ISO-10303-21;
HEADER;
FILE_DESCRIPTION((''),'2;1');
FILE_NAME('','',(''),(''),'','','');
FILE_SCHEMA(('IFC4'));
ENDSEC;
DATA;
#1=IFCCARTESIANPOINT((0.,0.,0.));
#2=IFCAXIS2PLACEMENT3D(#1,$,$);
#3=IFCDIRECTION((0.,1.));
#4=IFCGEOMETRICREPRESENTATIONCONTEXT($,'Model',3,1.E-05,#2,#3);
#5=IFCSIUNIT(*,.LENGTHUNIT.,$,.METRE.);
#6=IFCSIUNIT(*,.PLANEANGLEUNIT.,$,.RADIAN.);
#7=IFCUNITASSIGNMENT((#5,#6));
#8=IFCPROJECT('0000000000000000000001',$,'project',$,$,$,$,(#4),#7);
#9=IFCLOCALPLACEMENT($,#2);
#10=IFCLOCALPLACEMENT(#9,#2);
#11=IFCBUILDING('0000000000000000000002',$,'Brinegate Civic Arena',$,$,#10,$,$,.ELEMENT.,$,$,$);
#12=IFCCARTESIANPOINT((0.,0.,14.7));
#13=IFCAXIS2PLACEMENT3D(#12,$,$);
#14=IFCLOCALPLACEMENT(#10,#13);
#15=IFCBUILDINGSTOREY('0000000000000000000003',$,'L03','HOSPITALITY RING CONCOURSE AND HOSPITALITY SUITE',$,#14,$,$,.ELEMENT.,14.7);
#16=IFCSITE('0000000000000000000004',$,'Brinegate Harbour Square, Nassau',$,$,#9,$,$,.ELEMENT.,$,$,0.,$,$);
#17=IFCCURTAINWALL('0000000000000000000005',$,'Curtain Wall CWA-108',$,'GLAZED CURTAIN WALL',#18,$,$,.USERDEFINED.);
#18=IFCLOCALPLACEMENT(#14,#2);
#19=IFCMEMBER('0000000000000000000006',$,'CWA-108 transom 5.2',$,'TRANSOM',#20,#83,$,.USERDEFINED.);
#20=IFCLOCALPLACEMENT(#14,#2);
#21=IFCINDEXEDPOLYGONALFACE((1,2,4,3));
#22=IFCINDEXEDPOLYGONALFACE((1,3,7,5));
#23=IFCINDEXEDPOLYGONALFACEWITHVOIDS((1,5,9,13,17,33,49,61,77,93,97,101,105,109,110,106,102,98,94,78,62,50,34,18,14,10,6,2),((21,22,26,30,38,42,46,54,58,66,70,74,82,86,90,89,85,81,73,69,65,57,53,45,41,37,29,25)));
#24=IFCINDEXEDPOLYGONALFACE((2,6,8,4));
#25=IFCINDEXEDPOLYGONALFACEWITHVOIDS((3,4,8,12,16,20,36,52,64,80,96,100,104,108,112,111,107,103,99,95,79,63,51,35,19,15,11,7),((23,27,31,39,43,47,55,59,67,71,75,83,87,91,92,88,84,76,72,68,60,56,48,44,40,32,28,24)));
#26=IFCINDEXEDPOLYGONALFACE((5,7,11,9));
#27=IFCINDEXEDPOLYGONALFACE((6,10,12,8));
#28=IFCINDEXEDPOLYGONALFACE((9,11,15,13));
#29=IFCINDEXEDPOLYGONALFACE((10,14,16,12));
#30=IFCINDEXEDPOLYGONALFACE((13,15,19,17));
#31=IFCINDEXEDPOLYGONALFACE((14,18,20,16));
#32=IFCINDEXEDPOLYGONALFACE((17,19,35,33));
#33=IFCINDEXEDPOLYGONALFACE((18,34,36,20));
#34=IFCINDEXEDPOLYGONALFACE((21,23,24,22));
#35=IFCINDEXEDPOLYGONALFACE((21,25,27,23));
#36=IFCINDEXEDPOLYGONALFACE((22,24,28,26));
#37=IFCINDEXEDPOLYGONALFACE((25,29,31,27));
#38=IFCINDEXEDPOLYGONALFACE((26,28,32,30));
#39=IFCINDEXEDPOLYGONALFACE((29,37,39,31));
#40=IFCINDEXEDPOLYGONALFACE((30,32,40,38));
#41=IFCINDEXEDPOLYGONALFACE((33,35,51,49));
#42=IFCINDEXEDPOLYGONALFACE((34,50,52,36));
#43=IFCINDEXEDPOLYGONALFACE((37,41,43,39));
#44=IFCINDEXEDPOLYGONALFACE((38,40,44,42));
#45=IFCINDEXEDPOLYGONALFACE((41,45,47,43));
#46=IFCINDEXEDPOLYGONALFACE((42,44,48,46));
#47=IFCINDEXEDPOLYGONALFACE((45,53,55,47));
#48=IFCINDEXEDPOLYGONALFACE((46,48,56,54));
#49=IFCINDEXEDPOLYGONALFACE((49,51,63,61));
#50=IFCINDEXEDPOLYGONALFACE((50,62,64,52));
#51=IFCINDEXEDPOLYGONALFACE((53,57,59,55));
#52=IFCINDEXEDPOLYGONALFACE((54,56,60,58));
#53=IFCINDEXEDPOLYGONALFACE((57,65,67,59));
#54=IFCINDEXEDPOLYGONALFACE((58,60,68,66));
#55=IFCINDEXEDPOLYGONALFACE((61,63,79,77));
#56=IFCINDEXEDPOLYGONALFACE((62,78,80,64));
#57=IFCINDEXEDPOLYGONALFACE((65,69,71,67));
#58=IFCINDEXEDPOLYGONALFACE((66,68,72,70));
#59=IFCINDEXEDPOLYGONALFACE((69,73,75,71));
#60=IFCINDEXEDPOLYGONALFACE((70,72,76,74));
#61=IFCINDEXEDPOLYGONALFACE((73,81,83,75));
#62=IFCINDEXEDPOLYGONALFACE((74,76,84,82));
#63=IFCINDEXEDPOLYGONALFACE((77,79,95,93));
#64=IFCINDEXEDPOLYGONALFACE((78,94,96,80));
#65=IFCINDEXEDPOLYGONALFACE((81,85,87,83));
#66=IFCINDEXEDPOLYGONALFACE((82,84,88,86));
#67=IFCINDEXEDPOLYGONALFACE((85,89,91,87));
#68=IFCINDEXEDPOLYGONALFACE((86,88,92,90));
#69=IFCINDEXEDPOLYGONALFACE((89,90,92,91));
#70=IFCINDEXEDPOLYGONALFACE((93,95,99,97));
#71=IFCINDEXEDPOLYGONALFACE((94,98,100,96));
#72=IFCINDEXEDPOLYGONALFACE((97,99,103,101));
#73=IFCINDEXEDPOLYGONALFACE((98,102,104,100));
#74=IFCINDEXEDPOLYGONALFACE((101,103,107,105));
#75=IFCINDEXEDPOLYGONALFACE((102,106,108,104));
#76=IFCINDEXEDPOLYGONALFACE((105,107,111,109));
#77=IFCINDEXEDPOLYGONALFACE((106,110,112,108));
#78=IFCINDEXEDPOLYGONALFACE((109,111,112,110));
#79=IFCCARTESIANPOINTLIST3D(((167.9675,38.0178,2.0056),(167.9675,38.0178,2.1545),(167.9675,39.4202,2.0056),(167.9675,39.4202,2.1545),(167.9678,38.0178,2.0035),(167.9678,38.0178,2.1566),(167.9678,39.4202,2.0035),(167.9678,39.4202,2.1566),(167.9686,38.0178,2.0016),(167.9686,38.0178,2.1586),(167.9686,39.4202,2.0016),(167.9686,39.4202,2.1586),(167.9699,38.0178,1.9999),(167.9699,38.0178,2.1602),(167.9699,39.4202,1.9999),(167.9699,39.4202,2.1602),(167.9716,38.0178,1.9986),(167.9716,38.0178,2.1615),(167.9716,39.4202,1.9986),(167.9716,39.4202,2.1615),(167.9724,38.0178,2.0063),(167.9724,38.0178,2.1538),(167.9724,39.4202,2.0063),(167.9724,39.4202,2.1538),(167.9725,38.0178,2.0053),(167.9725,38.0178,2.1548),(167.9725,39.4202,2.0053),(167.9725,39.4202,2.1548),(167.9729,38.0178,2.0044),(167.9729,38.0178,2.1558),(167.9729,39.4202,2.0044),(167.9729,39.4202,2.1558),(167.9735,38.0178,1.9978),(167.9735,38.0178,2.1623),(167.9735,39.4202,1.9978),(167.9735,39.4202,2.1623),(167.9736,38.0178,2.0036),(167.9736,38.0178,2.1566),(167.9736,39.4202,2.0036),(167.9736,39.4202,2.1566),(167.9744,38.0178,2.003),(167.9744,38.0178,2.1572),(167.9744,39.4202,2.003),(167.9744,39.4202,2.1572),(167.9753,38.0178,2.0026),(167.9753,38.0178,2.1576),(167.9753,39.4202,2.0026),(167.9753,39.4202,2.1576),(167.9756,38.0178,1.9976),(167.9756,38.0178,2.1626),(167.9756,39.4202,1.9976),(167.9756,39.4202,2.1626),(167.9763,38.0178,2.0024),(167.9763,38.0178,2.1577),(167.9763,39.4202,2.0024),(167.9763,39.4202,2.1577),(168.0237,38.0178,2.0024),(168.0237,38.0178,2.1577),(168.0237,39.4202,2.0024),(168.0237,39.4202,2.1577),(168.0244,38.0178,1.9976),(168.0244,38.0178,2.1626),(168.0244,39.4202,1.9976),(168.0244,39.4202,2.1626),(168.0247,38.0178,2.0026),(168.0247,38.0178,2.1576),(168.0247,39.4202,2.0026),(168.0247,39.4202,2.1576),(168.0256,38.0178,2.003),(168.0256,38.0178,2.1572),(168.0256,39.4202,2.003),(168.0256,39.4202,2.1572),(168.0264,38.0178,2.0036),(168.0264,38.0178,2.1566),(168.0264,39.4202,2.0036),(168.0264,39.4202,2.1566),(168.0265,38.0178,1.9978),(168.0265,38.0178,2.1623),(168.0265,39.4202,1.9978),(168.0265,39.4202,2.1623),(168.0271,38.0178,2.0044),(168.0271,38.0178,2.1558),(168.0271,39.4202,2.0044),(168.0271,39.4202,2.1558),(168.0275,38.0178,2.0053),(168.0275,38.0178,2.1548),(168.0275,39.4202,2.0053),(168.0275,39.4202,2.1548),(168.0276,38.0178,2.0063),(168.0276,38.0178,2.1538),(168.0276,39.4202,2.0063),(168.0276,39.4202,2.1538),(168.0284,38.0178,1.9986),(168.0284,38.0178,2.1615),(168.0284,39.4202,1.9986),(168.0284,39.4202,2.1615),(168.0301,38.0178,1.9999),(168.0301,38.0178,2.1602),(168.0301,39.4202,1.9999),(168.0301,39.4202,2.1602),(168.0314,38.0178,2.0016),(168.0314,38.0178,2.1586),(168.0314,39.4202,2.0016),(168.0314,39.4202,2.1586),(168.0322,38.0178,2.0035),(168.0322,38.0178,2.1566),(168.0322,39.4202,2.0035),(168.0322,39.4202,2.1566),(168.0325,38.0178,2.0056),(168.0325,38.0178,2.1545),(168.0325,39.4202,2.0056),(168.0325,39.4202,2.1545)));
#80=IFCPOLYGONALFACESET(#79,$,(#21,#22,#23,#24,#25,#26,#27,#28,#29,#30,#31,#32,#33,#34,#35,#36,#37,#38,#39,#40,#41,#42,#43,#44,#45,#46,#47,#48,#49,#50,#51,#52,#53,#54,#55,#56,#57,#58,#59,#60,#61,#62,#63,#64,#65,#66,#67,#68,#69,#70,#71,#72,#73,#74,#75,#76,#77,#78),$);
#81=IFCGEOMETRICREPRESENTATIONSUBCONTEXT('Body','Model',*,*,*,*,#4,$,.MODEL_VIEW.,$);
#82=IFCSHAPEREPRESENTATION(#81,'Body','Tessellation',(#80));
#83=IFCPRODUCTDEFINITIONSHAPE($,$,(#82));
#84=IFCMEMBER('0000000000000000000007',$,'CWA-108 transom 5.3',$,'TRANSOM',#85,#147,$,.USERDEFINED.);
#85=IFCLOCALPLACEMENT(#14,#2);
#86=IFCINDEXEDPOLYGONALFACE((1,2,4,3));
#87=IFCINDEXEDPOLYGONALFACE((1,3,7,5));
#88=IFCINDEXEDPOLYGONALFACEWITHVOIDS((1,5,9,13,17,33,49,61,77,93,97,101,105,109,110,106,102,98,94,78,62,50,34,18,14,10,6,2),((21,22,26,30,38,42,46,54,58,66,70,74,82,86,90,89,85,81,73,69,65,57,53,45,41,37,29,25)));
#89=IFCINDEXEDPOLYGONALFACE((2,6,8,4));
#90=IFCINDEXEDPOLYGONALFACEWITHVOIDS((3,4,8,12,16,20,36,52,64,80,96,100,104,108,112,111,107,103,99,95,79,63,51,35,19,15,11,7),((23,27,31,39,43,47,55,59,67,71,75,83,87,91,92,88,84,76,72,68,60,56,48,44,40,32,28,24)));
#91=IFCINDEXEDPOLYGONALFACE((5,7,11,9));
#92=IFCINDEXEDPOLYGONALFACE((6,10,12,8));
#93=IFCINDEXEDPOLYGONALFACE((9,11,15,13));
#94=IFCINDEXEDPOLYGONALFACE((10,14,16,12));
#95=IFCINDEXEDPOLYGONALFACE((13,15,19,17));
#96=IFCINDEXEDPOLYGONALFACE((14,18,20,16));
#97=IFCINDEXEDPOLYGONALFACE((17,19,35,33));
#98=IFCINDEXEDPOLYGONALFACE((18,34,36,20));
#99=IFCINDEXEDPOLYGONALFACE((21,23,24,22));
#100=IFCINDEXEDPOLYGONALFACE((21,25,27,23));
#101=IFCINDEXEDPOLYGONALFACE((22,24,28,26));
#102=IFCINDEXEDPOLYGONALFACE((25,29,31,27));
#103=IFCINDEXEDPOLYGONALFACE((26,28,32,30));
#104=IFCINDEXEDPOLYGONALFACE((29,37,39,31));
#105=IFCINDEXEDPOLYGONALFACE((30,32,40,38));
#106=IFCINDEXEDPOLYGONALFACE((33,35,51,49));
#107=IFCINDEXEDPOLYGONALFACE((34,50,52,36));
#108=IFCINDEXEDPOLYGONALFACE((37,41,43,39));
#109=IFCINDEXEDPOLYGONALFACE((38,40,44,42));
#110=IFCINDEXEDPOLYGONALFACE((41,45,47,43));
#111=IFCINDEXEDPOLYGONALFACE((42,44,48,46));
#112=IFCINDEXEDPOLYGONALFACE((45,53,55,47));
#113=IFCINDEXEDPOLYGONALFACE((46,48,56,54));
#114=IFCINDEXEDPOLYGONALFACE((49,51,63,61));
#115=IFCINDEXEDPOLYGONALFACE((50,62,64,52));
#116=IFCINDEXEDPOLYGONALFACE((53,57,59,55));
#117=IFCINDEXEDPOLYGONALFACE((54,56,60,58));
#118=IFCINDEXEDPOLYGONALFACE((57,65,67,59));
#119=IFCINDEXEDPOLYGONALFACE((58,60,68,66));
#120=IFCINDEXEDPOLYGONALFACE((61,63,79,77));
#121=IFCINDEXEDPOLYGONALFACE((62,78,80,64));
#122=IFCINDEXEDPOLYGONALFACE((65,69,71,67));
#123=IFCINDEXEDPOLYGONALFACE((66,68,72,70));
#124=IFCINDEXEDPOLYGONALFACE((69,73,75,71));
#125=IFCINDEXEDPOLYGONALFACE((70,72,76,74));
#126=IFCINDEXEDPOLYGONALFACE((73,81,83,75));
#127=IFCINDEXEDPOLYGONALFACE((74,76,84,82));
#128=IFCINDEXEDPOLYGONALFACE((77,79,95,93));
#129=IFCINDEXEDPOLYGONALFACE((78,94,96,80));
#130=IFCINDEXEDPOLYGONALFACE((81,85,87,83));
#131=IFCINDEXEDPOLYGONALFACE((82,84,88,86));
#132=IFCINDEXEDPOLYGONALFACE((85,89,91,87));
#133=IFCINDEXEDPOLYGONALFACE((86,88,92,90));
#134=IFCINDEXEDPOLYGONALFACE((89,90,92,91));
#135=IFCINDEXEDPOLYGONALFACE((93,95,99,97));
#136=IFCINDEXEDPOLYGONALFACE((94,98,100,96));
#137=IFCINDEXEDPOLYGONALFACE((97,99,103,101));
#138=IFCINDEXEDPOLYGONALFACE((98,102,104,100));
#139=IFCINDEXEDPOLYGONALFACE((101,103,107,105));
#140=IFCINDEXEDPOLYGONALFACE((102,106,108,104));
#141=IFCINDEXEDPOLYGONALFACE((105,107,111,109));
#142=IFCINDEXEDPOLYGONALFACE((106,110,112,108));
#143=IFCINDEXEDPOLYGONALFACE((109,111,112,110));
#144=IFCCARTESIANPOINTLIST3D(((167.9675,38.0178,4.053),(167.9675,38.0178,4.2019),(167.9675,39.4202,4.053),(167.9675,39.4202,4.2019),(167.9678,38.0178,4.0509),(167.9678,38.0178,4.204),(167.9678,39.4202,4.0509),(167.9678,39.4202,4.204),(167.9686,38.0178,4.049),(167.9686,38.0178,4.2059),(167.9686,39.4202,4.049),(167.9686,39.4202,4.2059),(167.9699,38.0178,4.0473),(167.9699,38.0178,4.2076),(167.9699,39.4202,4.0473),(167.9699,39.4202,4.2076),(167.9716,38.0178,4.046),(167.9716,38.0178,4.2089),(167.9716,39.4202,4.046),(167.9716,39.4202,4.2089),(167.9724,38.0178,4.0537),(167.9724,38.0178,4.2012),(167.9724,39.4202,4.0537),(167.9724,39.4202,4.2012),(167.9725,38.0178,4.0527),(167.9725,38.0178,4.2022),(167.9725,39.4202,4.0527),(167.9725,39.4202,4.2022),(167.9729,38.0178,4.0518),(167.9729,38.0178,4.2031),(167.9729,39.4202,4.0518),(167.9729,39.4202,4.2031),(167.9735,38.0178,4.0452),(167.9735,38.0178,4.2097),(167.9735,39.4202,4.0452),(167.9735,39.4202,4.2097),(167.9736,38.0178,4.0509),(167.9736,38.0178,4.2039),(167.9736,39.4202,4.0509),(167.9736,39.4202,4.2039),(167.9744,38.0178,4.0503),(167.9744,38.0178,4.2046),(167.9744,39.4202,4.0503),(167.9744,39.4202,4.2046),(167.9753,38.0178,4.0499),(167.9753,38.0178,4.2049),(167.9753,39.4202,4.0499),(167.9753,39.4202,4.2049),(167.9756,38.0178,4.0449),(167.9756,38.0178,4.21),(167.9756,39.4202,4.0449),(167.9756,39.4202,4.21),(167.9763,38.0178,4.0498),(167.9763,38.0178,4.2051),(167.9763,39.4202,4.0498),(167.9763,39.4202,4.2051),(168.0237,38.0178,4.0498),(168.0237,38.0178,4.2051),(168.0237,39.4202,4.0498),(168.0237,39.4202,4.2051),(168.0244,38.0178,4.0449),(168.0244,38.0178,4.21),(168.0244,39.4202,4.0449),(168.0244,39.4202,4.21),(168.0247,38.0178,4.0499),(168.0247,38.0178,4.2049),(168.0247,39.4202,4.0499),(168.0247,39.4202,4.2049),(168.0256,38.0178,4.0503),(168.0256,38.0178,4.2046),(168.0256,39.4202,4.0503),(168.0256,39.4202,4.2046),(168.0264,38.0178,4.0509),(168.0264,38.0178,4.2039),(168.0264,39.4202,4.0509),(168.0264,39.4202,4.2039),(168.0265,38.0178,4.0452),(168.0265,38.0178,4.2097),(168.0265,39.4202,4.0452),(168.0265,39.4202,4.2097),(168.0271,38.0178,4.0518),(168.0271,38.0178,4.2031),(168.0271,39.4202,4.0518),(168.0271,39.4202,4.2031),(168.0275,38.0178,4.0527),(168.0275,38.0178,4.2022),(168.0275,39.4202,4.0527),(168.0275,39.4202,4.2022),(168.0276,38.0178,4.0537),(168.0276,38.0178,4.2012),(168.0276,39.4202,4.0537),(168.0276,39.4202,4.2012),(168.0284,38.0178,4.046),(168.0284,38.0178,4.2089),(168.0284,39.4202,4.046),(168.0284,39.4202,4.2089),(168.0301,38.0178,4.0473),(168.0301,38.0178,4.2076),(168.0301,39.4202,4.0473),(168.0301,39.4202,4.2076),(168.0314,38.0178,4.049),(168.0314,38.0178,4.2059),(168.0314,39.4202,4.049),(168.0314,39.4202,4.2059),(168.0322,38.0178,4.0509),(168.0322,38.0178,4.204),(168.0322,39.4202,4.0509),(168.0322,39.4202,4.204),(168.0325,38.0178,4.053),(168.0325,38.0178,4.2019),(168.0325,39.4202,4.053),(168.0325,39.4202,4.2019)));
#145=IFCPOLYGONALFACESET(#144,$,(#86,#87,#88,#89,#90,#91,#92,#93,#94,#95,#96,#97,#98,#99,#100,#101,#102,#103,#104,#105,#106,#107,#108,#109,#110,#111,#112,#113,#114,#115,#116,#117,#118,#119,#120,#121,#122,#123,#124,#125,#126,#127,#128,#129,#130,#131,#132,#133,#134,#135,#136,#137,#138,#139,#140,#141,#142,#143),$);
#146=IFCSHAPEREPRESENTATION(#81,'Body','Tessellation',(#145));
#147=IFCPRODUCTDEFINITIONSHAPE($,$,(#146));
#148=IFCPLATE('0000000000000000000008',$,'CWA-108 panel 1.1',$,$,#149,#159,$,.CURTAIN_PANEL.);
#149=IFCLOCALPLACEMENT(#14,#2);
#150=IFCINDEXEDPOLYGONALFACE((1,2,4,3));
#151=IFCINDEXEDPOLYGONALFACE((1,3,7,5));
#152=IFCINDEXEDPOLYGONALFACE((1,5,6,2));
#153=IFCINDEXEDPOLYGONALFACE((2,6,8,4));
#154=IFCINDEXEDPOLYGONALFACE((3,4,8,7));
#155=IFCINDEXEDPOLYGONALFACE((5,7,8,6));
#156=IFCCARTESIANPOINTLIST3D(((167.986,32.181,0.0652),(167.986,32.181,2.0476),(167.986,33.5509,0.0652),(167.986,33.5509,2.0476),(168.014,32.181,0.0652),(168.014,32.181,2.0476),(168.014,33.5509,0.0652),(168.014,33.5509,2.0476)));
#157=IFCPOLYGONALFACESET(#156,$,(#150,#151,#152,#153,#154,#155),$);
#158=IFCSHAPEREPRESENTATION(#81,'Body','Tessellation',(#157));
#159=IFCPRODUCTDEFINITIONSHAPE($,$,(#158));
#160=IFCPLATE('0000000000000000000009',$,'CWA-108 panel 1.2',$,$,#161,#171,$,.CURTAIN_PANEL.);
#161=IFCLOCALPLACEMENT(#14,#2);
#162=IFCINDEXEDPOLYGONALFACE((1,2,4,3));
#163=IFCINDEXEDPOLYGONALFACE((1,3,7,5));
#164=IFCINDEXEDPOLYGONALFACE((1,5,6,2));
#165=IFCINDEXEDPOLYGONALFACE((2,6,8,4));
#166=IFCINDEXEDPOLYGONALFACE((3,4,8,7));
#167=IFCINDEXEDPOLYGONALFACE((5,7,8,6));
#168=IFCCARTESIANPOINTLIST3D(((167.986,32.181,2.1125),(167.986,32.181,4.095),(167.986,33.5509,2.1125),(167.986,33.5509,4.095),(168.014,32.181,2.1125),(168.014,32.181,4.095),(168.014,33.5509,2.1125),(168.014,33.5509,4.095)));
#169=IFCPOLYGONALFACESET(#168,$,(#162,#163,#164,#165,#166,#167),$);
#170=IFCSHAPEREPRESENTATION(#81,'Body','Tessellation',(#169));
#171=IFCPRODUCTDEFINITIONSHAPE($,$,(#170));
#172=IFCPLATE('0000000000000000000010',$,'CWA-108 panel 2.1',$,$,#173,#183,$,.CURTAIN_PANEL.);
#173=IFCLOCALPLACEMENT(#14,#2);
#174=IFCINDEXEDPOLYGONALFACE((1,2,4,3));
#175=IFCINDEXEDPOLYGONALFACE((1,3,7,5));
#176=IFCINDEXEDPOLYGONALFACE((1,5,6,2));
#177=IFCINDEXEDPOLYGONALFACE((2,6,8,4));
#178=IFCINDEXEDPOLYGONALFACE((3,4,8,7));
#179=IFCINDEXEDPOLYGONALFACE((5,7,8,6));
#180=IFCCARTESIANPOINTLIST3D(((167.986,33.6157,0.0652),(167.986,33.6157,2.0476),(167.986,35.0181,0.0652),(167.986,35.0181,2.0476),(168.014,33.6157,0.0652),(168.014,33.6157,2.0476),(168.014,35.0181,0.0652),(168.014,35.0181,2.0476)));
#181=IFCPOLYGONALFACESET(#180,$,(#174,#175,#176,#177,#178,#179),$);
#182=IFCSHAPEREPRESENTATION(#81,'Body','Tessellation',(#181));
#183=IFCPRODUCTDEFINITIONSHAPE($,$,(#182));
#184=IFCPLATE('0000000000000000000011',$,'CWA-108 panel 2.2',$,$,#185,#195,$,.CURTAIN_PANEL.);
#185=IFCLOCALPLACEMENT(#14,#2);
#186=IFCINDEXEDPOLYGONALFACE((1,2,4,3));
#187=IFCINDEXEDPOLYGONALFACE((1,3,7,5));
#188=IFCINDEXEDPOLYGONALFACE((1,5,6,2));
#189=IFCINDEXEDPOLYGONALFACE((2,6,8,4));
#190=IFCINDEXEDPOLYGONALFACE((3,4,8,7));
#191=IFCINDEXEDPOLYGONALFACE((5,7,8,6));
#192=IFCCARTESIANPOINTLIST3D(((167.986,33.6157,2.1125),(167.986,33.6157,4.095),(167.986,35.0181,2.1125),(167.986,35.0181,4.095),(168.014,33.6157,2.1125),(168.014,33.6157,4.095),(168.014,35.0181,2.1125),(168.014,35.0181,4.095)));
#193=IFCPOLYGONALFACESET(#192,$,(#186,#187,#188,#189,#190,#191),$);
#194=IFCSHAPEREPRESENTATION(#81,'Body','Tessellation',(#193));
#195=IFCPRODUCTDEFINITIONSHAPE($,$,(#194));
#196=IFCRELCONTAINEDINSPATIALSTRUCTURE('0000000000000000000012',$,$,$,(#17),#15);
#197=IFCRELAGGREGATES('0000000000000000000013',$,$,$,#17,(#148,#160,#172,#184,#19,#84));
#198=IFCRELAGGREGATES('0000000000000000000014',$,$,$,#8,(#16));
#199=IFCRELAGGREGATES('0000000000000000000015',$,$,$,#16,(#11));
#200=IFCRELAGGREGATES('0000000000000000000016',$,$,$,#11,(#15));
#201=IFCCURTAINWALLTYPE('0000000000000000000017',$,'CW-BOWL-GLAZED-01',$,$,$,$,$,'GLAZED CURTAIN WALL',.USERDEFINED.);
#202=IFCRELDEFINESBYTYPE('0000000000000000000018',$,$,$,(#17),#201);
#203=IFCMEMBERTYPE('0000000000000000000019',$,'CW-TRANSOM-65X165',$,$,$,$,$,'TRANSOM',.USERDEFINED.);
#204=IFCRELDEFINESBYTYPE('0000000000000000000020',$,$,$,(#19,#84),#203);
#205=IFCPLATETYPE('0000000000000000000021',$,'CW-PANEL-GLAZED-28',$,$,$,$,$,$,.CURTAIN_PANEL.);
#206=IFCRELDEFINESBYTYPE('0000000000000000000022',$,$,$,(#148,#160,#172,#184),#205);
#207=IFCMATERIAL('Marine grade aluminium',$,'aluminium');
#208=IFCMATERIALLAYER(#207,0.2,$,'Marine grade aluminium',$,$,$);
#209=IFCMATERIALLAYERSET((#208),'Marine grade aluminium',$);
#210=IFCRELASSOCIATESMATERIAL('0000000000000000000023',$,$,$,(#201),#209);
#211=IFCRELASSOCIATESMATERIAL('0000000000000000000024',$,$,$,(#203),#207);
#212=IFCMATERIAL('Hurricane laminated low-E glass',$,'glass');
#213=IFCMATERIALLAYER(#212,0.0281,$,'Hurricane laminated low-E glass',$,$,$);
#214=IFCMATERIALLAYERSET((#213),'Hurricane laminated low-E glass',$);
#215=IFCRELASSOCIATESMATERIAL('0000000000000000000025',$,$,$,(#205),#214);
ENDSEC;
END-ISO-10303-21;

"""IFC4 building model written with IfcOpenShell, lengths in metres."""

from ifc_helpers import new_model, si_unit, direction, frame, origin, origin_2d, place, context, subcontext, project, spatial, rectangle, hollow_rectangle, extrude, material, layer, layer_set, material_profile, profile_set, type_object, element, aggregate, save


model = new_model("IFC4")

# Units and contexts
model_context = context("Model", 3, precision=1e-05, world=origin(), true_north=direction((0.0, 1.0)))
body_context = subcontext(model_context, "Body", "Model", "MODEL_VIEW")
ifc_project = project(units=[si_unit("LENGTHUNIT", "METRE"), si_unit("PLANEANGLEUNIT", "RADIAN")], contexts=[model_context])

# Site, building, storey
site_placement = place(None, origin())
site = spatial("IfcSite", under=ifc_project, at=site_placement, Name="Brinegate Harbour Square, Nassau", CompositionType="ELEMENT", RefElevation=0.0)
building_placement = place(site_placement, origin())
building = spatial("IfcBuilding", under=site, at=building_placement, Name="Brinegate Civic Arena", CompositionType="ELEMENT")
storey_placement = place(building_placement, frame((0.0, 0.0, 14.7)))
storey = spatial("IfcBuildingStorey", under=building, at=storey_placement, Name="L03", Description="HOSPITALITY RING CONCOURSE AND HOSPITALITY SUITE", CompositionType="ELEMENT", Elevation=14.7)

# Curtain wall, members, plates
ifc_material_1 = material(Name="Marine grade aluminium", Category="aluminium")
ifc_layer_1 = layer(ifc_material_1, 0.2, Name="Marine grade aluminium")
ifc_layer_set_1 = layer_set([ifc_layer_1], Name="Marine grade aluminium")
curtain_wall_type = type_object("IfcCurtainWallType", Name="CW-BOWL-GLAZED-01", ElementType="GLAZED CURTAIN WALL", PredefinedType="USERDEFINED", material=ifc_layer_set_1)
curtain_wall_placement = place(storey_placement, origin())
curtain_wall = element("IfcCurtainWall", 1, at=curtain_wall_placement, inside=storey, type_object=curtain_wall_type, Name="Curtain Wall CWA-108", ObjectType="GLAZED CURTAIN WALL", PredefinedType="USERDEFINED")
ifc_material_profile_1 = material_profile(ifc_material_1, hollow_rectangle(XDim=0.0649, YDim=0.165, WallThickness=0.0049, InnerFilletRadius=0.0039, OuterFilletRadius=0.0081, at=origin_2d()), Name="TRN65X165")
ifc_profile_set_1 = profile_set([ifc_material_profile_1], Name="Marine grade aluminium")
member_type_1 = type_object("IfcMemberType", Name="CW-TRANSOM-65X165", ElementType="TRANSOM", PredefinedType="USERDEFINED", material=ifc_profile_set_1)
member_1_placement = place(storey_placement, frame((168.0, 38.0178, 2.0801), z_axis=(0.0, 1.0, 0.0), x_axis=(-1.0, 0.0, 0.0)))
member_1 = element("IfcMember", 2, at=member_1_placement, type_object=member_type_1, Name="CWA-108 transom 5.2", ObjectType="TRANSOM", PredefinedType="USERDEFINED", context=body_context, shape_type="SweptSolid", body=[
    extrude(hollow_rectangle(XDim=0.0649, YDim=0.165, WallThickness=0.0049, InnerFilletRadius=0.0039, OuterFilletRadius=0.0081, at=origin_2d()), origin(), (0.0, 0.0, 1.0), 1.4023),
])
member_2_placement = place(storey_placement, frame((168.0, 38.0178, 4.1274), z_axis=(0.0, 1.0, 0.0), x_axis=(-1.0, 0.0, 0.0)))
member_2 = element("IfcMember", 3, at=member_2_placement, type_object=member_type_1, Name="CWA-108 transom 5.3", ObjectType="TRANSOM", PredefinedType="USERDEFINED", context=body_context, shape_type="SweptSolid", body=[
    extrude(hollow_rectangle(XDim=0.0649, YDim=0.165, WallThickness=0.0049, InnerFilletRadius=0.0039, OuterFilletRadius=0.0081, at=origin_2d()), origin(), (0.0, 0.0, 1.0), 1.4023),
])
ifc_material_2 = material(Name="Hurricane laminated low-E glass", Category="glass")
ifc_layer_2 = layer(ifc_material_2, 0.0281, Name="Hurricane laminated low-E glass")
ifc_layer_set_2 = layer_set([ifc_layer_2], Name="Hurricane laminated low-E glass")
plate_type = type_object("IfcPlateType", Name="CW-PANEL-GLAZED-28", PredefinedType="CURTAIN_PANEL", material=ifc_layer_set_2)
plate_1_placement = place(storey_placement, frame((168.0, 32.866, 0.0652), z_axis=(0.0, 0.0, 1.0), x_axis=(0.0, 1.0, 0.0)))
plate_1 = element("IfcPlate", 4, at=plate_1_placement, type_object=plate_type, Name="CWA-108 panel 1.1", PredefinedType="CURTAIN_PANEL", context=body_context, shape_type="SweptSolid", body=[
    extrude(rectangle(XDim=1.3699, YDim=0.0281, at=origin_2d()), origin(), (0.0, 0.0, 1.0), 1.9824),
])
plate_2_placement = place(storey_placement, frame((168.0, 32.866, 2.1125), z_axis=(0.0, 0.0, 1.0), x_axis=(0.0, 1.0, 0.0)))
plate_2 = element("IfcPlate", 5, at=plate_2_placement, type_object=plate_type, Name="CWA-108 panel 1.2", PredefinedType="CURTAIN_PANEL", context=body_context, shape_type="SweptSolid", body=[
    extrude(rectangle(XDim=1.3699, YDim=0.0281, at=origin_2d()), origin(), (0.0, 0.0, 1.0), 1.9824),
])
plate_3_placement = place(storey_placement, frame((168.0, 34.3169, 0.0652), z_axis=(0.0, 0.0, 1.0), x_axis=(0.0, 1.0, 0.0)))
plate_3 = element("IfcPlate", 6, at=plate_3_placement, type_object=plate_type, Name="CWA-108 panel 2.1", PredefinedType="CURTAIN_PANEL", context=body_context, shape_type="SweptSolid", body=[
    extrude(rectangle(XDim=1.4023, YDim=0.0281, at=origin_2d()), origin(), (0.0, 0.0, 1.0), 1.9824),
])
plate_4_placement = place(storey_placement, frame((168.0, 34.3169, 2.1125), z_axis=(0.0, 0.0, 1.0), x_axis=(0.0, 1.0, 0.0)))
plate_4 = element("IfcPlate", 7, at=plate_4_placement, type_object=plate_type, Name="CWA-108 panel 2.2", PredefinedType="CURTAIN_PANEL", context=body_context, shape_type="SweptSolid", body=[
    extrude(rectangle(XDim=1.4023, YDim=0.0281, at=origin_2d()), origin(), (0.0, 0.0, 1.0), 1.9824),
])
aggregate(curtain_wall, [plate_1, plate_2, plate_3, plate_4, member_1, member_2])

save(model, "model.ifc")
